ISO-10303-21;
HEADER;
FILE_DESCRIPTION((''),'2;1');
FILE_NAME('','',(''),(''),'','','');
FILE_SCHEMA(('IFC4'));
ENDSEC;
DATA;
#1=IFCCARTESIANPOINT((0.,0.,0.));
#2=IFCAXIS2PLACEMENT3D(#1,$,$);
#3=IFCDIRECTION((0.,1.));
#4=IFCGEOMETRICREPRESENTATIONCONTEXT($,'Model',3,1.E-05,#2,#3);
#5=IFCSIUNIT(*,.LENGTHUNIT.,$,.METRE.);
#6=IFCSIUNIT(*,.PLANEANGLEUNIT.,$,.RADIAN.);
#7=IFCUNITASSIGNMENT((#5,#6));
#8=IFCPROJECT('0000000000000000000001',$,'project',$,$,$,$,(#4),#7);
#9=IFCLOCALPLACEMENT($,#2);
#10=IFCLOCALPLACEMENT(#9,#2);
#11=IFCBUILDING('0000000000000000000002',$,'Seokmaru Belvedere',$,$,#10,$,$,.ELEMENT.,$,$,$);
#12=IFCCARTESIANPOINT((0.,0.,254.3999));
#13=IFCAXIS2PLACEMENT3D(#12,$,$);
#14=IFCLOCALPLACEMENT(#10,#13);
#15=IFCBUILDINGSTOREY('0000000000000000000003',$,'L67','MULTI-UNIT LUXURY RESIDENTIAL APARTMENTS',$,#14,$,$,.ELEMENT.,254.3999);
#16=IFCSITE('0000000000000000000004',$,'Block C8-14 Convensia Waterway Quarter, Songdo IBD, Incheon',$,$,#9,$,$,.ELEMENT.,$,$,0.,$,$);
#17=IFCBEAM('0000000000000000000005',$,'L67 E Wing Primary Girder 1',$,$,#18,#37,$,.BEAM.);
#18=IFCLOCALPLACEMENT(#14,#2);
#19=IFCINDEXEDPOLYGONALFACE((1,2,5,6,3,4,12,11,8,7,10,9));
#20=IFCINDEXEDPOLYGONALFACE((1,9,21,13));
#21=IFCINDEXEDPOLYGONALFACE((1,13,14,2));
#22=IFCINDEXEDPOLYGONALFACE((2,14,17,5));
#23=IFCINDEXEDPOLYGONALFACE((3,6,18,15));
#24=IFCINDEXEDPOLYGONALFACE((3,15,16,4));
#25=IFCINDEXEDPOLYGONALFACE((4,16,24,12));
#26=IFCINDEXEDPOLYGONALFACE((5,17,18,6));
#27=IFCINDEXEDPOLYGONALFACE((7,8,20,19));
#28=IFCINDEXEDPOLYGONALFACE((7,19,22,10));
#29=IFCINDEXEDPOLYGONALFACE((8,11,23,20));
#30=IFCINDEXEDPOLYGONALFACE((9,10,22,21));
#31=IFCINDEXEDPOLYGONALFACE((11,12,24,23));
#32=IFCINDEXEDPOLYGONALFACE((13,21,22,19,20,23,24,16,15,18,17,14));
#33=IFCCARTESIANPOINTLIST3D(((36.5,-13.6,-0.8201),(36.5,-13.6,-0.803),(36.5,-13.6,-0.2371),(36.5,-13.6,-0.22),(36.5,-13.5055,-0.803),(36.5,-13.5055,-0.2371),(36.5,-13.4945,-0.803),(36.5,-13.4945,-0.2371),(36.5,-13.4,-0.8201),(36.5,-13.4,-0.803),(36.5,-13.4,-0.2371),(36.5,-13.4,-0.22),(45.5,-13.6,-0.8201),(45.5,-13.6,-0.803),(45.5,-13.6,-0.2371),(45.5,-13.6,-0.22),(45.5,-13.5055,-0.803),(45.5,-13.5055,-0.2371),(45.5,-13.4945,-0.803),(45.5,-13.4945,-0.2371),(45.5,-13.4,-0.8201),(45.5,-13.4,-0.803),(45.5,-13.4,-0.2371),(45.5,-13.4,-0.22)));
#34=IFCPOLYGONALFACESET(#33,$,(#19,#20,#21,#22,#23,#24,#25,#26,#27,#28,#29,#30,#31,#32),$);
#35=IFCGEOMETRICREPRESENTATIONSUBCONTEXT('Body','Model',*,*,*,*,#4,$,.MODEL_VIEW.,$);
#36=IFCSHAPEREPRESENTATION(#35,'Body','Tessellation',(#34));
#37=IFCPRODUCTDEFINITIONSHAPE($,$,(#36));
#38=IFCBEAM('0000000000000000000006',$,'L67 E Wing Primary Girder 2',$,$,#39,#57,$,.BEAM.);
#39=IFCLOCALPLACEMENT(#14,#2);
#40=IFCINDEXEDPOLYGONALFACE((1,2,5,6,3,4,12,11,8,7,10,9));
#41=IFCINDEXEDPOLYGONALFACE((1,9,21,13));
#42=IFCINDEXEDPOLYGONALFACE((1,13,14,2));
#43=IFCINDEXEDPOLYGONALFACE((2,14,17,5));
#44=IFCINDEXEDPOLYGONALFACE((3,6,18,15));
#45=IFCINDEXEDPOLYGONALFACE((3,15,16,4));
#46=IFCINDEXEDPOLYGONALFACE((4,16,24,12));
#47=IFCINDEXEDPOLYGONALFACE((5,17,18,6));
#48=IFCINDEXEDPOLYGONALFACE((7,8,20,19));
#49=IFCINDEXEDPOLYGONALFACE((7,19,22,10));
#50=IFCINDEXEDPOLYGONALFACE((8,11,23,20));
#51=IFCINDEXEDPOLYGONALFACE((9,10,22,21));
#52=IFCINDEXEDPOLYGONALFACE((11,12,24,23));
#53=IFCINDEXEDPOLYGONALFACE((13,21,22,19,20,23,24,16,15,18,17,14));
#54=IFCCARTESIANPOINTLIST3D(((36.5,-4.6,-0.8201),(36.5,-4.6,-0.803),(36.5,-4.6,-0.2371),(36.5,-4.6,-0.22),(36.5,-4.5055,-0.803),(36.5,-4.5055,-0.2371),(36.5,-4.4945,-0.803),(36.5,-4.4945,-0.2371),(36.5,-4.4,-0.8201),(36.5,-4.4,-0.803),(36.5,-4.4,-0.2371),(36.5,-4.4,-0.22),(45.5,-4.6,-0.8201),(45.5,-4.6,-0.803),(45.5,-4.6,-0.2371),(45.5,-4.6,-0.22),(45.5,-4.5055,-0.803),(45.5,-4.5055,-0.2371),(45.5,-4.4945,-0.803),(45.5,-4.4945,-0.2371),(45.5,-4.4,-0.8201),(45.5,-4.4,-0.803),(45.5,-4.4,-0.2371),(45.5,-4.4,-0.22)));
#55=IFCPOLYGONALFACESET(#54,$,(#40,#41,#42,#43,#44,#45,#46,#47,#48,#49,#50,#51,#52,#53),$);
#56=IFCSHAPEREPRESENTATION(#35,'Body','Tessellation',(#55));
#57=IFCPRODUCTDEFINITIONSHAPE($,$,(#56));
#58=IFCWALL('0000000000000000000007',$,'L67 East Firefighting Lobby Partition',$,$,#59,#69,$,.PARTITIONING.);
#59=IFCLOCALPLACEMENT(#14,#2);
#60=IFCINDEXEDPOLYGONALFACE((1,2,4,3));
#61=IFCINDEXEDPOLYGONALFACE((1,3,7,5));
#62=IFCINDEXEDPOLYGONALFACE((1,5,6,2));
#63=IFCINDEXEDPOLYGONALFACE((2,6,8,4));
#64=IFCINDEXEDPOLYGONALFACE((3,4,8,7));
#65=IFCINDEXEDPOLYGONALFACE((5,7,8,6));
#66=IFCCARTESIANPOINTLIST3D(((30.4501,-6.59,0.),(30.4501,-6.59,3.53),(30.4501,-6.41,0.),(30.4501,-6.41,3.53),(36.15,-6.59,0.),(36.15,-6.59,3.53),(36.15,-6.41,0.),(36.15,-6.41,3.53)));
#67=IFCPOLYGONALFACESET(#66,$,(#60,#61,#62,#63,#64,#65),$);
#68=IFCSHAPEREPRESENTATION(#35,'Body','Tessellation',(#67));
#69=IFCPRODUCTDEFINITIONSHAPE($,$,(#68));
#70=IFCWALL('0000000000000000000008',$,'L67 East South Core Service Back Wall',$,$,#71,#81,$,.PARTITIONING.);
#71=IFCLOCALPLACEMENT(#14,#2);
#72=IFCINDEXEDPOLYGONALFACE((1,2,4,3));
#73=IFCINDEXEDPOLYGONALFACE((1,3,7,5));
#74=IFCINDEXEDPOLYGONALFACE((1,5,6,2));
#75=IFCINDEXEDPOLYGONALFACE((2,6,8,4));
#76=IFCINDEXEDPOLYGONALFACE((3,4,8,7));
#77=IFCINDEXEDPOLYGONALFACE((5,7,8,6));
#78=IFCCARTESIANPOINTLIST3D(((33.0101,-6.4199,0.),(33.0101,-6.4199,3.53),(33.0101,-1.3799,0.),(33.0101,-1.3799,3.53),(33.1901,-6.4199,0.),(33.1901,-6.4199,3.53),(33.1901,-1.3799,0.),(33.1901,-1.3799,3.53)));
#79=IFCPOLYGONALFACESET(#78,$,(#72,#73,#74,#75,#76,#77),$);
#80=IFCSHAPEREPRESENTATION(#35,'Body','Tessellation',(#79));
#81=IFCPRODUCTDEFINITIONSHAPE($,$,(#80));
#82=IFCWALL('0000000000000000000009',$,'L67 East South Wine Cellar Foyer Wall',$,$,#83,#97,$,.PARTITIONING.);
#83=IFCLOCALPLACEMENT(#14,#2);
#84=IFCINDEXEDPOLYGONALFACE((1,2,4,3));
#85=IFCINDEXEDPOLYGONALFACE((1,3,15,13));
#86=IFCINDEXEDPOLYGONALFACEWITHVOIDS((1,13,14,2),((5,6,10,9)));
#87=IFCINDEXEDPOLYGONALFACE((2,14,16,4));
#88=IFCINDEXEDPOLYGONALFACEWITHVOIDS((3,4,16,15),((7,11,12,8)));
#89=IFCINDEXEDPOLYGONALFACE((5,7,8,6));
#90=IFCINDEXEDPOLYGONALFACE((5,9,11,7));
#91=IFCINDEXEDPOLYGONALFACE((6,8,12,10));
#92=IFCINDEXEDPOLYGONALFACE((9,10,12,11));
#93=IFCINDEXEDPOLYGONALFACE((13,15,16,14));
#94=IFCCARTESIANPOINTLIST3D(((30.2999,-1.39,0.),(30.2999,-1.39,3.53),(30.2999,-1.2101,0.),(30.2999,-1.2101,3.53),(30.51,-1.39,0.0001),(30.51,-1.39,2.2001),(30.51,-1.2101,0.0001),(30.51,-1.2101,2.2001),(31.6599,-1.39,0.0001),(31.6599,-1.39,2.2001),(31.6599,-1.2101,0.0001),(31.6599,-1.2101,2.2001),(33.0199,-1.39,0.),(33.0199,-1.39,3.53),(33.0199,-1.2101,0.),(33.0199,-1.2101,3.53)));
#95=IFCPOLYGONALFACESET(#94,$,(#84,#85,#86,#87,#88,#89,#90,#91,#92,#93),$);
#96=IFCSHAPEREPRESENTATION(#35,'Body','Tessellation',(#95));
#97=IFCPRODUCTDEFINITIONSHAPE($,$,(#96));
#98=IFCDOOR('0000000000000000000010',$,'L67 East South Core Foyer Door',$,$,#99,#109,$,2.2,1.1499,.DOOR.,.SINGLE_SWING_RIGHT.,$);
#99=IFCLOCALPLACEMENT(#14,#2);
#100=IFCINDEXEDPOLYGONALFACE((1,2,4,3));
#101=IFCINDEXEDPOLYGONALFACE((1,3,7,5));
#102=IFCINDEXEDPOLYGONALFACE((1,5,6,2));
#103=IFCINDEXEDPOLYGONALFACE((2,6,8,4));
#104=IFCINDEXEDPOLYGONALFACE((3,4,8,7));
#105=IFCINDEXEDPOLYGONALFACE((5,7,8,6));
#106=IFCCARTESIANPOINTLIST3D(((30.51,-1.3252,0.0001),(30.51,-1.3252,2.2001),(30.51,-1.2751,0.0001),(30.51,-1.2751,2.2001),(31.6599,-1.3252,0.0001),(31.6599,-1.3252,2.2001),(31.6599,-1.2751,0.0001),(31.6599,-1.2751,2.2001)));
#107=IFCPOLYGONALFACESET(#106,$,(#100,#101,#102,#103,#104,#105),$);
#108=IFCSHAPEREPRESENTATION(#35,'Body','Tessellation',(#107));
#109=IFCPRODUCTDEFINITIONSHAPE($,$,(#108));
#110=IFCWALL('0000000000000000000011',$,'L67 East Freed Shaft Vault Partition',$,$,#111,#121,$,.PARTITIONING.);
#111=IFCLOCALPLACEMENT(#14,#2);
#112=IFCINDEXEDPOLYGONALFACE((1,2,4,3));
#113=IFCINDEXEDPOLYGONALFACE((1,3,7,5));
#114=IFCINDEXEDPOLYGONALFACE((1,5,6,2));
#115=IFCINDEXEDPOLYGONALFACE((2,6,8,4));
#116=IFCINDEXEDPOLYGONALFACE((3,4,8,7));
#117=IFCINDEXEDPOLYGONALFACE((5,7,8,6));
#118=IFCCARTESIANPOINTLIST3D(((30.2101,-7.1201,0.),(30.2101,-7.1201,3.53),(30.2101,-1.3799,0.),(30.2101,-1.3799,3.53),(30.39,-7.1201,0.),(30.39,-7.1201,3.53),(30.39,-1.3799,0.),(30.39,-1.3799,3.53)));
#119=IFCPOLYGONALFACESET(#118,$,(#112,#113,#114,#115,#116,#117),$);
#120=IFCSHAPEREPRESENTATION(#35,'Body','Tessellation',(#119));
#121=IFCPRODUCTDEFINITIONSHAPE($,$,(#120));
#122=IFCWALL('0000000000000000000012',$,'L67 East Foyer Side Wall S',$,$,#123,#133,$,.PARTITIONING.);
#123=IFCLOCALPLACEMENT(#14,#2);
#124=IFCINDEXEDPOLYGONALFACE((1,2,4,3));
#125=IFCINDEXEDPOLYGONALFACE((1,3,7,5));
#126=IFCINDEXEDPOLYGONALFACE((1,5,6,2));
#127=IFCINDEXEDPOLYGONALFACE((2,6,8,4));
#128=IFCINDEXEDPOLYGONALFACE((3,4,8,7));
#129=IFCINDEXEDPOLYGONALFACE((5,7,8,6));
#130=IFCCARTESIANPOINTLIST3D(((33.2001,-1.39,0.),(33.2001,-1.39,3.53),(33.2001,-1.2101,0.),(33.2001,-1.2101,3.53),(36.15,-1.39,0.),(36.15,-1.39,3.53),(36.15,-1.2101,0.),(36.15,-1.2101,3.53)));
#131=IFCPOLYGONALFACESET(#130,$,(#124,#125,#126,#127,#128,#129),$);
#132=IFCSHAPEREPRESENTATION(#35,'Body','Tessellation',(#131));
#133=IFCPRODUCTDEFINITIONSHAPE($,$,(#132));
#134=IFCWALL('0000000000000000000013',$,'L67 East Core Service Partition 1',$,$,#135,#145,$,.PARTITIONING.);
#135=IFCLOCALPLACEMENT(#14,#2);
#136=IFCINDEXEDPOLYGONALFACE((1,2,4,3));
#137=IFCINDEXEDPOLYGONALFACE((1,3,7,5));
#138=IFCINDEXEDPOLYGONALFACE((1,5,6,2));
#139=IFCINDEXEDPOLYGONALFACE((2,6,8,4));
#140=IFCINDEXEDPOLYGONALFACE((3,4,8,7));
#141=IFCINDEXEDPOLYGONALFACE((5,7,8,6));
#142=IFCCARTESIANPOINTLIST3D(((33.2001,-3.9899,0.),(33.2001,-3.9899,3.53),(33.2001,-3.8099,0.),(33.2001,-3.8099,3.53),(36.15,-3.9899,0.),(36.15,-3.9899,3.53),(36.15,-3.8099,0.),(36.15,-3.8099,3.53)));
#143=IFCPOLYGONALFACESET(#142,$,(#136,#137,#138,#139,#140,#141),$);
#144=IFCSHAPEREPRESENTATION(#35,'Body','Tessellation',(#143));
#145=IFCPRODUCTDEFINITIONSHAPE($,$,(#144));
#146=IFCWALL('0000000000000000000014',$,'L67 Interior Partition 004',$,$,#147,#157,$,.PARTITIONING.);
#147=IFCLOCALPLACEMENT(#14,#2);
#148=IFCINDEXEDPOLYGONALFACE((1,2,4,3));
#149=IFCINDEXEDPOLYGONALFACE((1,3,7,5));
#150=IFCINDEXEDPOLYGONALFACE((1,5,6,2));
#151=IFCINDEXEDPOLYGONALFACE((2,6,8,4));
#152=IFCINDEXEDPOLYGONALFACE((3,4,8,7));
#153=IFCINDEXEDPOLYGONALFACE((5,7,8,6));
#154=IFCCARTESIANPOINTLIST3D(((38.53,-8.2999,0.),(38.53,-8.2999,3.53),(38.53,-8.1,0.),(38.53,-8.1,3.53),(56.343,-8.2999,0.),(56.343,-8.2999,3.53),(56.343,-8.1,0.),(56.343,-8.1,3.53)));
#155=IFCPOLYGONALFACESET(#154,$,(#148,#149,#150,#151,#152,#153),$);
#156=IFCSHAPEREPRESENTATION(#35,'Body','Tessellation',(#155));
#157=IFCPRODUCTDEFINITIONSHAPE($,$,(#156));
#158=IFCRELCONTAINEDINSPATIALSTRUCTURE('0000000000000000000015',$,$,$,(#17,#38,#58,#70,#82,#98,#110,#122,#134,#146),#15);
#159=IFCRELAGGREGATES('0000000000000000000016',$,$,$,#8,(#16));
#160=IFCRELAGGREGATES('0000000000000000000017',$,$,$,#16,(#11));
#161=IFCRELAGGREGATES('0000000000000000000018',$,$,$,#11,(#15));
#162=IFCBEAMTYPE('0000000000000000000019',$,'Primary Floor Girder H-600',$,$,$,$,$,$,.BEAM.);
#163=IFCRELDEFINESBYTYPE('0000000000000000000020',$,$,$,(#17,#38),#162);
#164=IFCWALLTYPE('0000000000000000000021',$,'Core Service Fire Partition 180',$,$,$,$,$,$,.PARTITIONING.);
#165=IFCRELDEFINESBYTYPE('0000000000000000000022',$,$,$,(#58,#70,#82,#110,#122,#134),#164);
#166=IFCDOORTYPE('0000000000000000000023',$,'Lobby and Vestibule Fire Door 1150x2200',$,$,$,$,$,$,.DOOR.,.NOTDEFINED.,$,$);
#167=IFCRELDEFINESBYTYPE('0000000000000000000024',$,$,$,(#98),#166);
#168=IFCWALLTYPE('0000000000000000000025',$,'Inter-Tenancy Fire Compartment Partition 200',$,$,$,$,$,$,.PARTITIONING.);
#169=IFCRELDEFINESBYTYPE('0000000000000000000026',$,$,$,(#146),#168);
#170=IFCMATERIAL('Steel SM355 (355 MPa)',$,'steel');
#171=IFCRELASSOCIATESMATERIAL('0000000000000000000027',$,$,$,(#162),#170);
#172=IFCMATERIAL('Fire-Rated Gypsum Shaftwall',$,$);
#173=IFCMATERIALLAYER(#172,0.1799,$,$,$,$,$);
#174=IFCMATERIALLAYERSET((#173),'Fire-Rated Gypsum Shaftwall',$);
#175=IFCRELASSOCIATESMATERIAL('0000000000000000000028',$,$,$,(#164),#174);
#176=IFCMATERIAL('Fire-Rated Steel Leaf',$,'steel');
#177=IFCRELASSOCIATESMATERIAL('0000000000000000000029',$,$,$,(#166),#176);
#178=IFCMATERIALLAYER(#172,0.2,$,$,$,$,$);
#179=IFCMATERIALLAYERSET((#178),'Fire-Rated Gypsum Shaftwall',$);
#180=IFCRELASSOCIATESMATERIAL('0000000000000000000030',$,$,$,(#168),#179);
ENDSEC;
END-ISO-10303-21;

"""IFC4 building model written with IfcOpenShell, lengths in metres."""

from ifc_helpers import new_model, si_unit, direction, frame, frame_2d, origin, origin_2d, place, context, subcontext, project, spatial, rectangle, i_section, extrude, source, transform, mapped, material, layer, layer_set, material_profile, profile_set, type_object, type_shapes, element, fill, save


model = new_model("IFC4")

# Units and contexts
model_context = context("Model", 3, precision=1e-05, world=origin(), true_north=direction((0.0, 1.0)))
body_context = subcontext(model_context, "Body", "Model", "MODEL_VIEW")
ifc_project = project(units=[si_unit("LENGTHUNIT", "METRE"), si_unit("PLANEANGLEUNIT", "RADIAN")], contexts=[model_context])

# Site, building, storey
site_placement = place(None, origin())
site = spatial("IfcSite", under=ifc_project, at=site_placement, Name="Block C8-14 Convensia Waterway Quarter, Songdo IBD, Incheon", CompositionType="ELEMENT", RefElevation=0.0)
building_placement = place(site_placement, origin())
building = spatial("IfcBuilding", under=site, at=building_placement, Name="Seokmaru Belvedere", CompositionType="ELEMENT")
storey_placement = place(building_placement, frame((0.0, 0.0, 254.3999)))
storey = spatial("IfcBuildingStorey", under=building, at=storey_placement, Name="L67", Description="MULTI-UNIT LUXURY RESIDENTIAL APARTMENTS", CompositionType="ELEMENT", Elevation=254.3999)

# Beams
ifc_material_1 = material(Name="Steel SM355 (355 MPa)", Category="steel")
ifc_material_profile = material_profile(ifc_material_1, i_section(OverallWidth=0.2, OverallDepth=0.6001, WebThickness=0.011, FlangeThickness=0.0171, at=origin_2d()), Name="H-600x200x11x17")
ifc_profile_set = profile_set([ifc_material_profile], Name="Steel SM355 (355 MPa)")
beam_type = type_object("IfcBeamType", Name="Primary Floor Girder H-600", PredefinedType="BEAM", material=ifc_profile_set)
shared_shape_1 = source(origin(), body_context, "Body", "SweptSolid", [
    extrude(i_section(OverallWidth=0.2, OverallDepth=0.6001, WebThickness=0.011, FlangeThickness=0.0171, at=origin_2d()), origin(), (0.0, 0.0, 1.0), 9.0),
])
type_shapes(beam_type, [shared_shape_1])
for number, where, z_axis, x_axis, name in (
    (1, (36.5, -13.5, -0.52), (1.0, 0.0, 0.0), (0.0, 1.0, 0.0), "L67 E Wing Primary Girder 1"),
    (2, (36.5, -4.5, -0.52), (1.0, 0.0, 0.0), (0.0, 1.0, 0.0), "L67 E Wing Primary Girder 2"),
):
    element("IfcBeam", number, at=place(storey_placement, frame(where, z_axis=z_axis, x_axis=x_axis)), inside=storey, type_object=beam_type, Name=name, PredefinedType="BEAM", context=body_context, shape_type="MappedRepresentation", body=[
        mapped(shared_shape_1, transform((0.0, 0.0, 0.0), scale=1.0)),
    ])

# Walls
ifc_material_2 = material(Name="Fire-Rated Gypsum Shaftwall")
ifc_layer_1 = layer(ifc_material_2, 0.1799)
ifc_layer_set_1 = layer_set([ifc_layer_1], Name="Fire-Rated Gypsum Shaftwall")
wall_type_1 = type_object("IfcWallType", Name="Core Service Fire Partition 180", PredefinedType="PARTITIONING", material=ifc_layer_set_1)
wall_1_placement = place(storey_placement, frame((30.45, -6.5, 0.0), z_axis=(0.0, 0.0, 1.0), x_axis=(1.0, 0.0, 0.0)))
element("IfcWall", 3, at=wall_1_placement, inside=storey, type_object=wall_type_1, Name="L67 East Firefighting Lobby Partition", PredefinedType="PARTITIONING", context=body_context, shape_type="SweptSolid", body=[
    extrude(rectangle(XDim=5.7, YDim=0.1799, at=frame_2d((2.8501, 0.0))), origin(), (0.0, 0.0, 1.0), 3.53),
])
wall_2_placement = place(storey_placement, frame((33.1001, -6.4199, 0.0), z_axis=(0.0, 0.0, 1.0), x_axis=(0.0, 1.0, 0.0)))
element("IfcWall", 4, at=wall_2_placement, inside=storey, type_object=wall_type_1, Name="L67 East South Core Service Back Wall", PredefinedType="PARTITIONING", context=body_context, shape_type="SweptSolid", body=[
    extrude(rectangle(XDim=5.04, YDim=0.1799, at=frame_2d((2.52, 0.0))), origin(), (0.0, 0.0, 1.0), 3.53),
])

# Wall, opening, door
wall_3_placement = place(storey_placement, frame((30.3, -1.3, 0.0), z_axis=(0.0, 0.0, 1.0), x_axis=(1.0, 0.0, 0.0)))
wall_3 = element("IfcWall", 5, at=wall_3_placement, inside=storey, type_object=wall_type_1, Name="L67 East South Wine Cellar Foyer Wall", PredefinedType="PARTITIONING", context=body_context, shape_type="SweptSolid", body=[
    extrude(rectangle(XDim=2.72, YDim=0.1799, at=frame_2d((1.3599, 0.0))), origin(), (0.0, 0.0, 1.0), 3.53),
])
opening_1_placement = place(wall_3_placement, frame((0.21, 0.0, 0.0)))
opening_1 = element("IfcOpeningElement", 6, at=opening_1_placement, cuts=wall_3, PredefinedType="OPENING", context=body_context, shape_type="SweptSolid", body=[
    extrude(rectangle(XDim=1.1499, YDim=2.2, at=frame_2d((0.575, 1.1001))), frame((0.0, 0.1001, 0.0), z_axis=(0.0, -1.0, 0.0), x_axis=(1.0, 0.0, 0.0)), (0.0, 0.0, 1.0), 0.2),
])
ifc_material_3 = material(Name="Fire-Rated Steel Leaf", Category="steel")
door_type_1 = type_object("IfcDoorType", Name="Lobby and Vestibule Fire Door 1150x2200", OperationType="NOTDEFINED", PredefinedType="DOOR", material=ifc_material_3)
shared_shape_2 = source(origin(), body_context, "Body", "SweptSolid", [
    extrude(rectangle(XDim=1.1499, YDim=2.2, at=frame_2d((0.575, 1.1001))), frame((0.0, 0.0249, 0.0), z_axis=(0.0, -1.0, 0.0), x_axis=(1.0, 0.0, 0.0)), (0.0, 0.0, 1.0), 0.05),
])
type_shapes(door_type_1, [shared_shape_2])
door_1_placement = place(opening_1_placement, origin())
door_1 = element("IfcDoor", 7, at=door_1_placement, inside=storey, type_object=door_type_1, Name="L67 East South Core Foyer Door", OperationType="SINGLE_SWING_RIGHT", OverallHeight=2.2, OverallWidth=1.1499, PredefinedType="DOOR", context=body_context, shape_type="MappedRepresentation", body=[
    mapped(shared_shape_2, transform((0.0, 0.0, 0.0), scale=1.0)),
])
fill(opening_1, door_1)

# Walls
wall_4_placement = place(storey_placement, frame((30.3, -7.1201, 0.0), z_axis=(0.0, 0.0, 1.0), x_axis=(0.0, 1.0, 0.0)))
element("IfcWall", 8, at=wall_4_placement, inside=storey, type_object=wall_type_1, Name="L67 East Freed Shaft Vault Partition", PredefinedType="PARTITIONING", context=body_context, shape_type="SweptSolid", body=[
    extrude(rectangle(XDim=5.7402, YDim=0.1799, at=frame_2d((2.8701, 0.0))), origin(), (0.0, 0.0, 1.0), 3.53),
])
for number, where, z_axis, x_axis, name in (
    (9, (33.2, -1.3, 0.0), (0.0, 0.0, 1.0), (1.0, 0.0, 0.0), "L67 East Foyer Side Wall S"),
    (10, (33.2, -3.8999, 0.0), (0.0, 0.0, 1.0), (1.0, 0.0, 0.0), "L67 East Core Service Partition 1"),
):
    element("IfcWall", number, at=place(storey_placement, frame(where, z_axis=z_axis, x_axis=x_axis)), inside=storey, type_object=wall_type_1, Name=name, PredefinedType="PARTITIONING", context=body_context, shape_type="SweptSolid", body=[
        extrude(rectangle(XDim=2.95, YDim=0.1799, at=frame_2d((1.4751, 0.0))), origin(), (0.0, 0.0, 1.0), 3.53),
    ])
ifc_layer_2 = layer(ifc_material_2, 0.2)
ifc_layer_set_2 = layer_set([ifc_layer_2], Name="Fire-Rated Gypsum Shaftwall")
wall_type_2 = type_object("IfcWallType", Name="Inter-Tenancy Fire Compartment Partition 200", PredefinedType="PARTITIONING", material=ifc_layer_set_2)
wall_5_placement = place(storey_placement, frame((38.53, -8.2, 0.0), z_axis=(0.0, 0.0, 1.0), x_axis=(1.0, 0.0, 0.0)))
element("IfcWall", 11, at=wall_5_placement, inside=storey, type_object=wall_type_2, Name="L67 Interior Partition 004", PredefinedType="PARTITIONING", context=body_context, shape_type="SweptSolid", body=[
    extrude(rectangle(XDim=17.813, YDim=0.2, at=frame_2d((8.9065, 0.0))), origin(), (0.0, 0.0, 1.0), 3.53),
])

save(model, "model.ifc")
